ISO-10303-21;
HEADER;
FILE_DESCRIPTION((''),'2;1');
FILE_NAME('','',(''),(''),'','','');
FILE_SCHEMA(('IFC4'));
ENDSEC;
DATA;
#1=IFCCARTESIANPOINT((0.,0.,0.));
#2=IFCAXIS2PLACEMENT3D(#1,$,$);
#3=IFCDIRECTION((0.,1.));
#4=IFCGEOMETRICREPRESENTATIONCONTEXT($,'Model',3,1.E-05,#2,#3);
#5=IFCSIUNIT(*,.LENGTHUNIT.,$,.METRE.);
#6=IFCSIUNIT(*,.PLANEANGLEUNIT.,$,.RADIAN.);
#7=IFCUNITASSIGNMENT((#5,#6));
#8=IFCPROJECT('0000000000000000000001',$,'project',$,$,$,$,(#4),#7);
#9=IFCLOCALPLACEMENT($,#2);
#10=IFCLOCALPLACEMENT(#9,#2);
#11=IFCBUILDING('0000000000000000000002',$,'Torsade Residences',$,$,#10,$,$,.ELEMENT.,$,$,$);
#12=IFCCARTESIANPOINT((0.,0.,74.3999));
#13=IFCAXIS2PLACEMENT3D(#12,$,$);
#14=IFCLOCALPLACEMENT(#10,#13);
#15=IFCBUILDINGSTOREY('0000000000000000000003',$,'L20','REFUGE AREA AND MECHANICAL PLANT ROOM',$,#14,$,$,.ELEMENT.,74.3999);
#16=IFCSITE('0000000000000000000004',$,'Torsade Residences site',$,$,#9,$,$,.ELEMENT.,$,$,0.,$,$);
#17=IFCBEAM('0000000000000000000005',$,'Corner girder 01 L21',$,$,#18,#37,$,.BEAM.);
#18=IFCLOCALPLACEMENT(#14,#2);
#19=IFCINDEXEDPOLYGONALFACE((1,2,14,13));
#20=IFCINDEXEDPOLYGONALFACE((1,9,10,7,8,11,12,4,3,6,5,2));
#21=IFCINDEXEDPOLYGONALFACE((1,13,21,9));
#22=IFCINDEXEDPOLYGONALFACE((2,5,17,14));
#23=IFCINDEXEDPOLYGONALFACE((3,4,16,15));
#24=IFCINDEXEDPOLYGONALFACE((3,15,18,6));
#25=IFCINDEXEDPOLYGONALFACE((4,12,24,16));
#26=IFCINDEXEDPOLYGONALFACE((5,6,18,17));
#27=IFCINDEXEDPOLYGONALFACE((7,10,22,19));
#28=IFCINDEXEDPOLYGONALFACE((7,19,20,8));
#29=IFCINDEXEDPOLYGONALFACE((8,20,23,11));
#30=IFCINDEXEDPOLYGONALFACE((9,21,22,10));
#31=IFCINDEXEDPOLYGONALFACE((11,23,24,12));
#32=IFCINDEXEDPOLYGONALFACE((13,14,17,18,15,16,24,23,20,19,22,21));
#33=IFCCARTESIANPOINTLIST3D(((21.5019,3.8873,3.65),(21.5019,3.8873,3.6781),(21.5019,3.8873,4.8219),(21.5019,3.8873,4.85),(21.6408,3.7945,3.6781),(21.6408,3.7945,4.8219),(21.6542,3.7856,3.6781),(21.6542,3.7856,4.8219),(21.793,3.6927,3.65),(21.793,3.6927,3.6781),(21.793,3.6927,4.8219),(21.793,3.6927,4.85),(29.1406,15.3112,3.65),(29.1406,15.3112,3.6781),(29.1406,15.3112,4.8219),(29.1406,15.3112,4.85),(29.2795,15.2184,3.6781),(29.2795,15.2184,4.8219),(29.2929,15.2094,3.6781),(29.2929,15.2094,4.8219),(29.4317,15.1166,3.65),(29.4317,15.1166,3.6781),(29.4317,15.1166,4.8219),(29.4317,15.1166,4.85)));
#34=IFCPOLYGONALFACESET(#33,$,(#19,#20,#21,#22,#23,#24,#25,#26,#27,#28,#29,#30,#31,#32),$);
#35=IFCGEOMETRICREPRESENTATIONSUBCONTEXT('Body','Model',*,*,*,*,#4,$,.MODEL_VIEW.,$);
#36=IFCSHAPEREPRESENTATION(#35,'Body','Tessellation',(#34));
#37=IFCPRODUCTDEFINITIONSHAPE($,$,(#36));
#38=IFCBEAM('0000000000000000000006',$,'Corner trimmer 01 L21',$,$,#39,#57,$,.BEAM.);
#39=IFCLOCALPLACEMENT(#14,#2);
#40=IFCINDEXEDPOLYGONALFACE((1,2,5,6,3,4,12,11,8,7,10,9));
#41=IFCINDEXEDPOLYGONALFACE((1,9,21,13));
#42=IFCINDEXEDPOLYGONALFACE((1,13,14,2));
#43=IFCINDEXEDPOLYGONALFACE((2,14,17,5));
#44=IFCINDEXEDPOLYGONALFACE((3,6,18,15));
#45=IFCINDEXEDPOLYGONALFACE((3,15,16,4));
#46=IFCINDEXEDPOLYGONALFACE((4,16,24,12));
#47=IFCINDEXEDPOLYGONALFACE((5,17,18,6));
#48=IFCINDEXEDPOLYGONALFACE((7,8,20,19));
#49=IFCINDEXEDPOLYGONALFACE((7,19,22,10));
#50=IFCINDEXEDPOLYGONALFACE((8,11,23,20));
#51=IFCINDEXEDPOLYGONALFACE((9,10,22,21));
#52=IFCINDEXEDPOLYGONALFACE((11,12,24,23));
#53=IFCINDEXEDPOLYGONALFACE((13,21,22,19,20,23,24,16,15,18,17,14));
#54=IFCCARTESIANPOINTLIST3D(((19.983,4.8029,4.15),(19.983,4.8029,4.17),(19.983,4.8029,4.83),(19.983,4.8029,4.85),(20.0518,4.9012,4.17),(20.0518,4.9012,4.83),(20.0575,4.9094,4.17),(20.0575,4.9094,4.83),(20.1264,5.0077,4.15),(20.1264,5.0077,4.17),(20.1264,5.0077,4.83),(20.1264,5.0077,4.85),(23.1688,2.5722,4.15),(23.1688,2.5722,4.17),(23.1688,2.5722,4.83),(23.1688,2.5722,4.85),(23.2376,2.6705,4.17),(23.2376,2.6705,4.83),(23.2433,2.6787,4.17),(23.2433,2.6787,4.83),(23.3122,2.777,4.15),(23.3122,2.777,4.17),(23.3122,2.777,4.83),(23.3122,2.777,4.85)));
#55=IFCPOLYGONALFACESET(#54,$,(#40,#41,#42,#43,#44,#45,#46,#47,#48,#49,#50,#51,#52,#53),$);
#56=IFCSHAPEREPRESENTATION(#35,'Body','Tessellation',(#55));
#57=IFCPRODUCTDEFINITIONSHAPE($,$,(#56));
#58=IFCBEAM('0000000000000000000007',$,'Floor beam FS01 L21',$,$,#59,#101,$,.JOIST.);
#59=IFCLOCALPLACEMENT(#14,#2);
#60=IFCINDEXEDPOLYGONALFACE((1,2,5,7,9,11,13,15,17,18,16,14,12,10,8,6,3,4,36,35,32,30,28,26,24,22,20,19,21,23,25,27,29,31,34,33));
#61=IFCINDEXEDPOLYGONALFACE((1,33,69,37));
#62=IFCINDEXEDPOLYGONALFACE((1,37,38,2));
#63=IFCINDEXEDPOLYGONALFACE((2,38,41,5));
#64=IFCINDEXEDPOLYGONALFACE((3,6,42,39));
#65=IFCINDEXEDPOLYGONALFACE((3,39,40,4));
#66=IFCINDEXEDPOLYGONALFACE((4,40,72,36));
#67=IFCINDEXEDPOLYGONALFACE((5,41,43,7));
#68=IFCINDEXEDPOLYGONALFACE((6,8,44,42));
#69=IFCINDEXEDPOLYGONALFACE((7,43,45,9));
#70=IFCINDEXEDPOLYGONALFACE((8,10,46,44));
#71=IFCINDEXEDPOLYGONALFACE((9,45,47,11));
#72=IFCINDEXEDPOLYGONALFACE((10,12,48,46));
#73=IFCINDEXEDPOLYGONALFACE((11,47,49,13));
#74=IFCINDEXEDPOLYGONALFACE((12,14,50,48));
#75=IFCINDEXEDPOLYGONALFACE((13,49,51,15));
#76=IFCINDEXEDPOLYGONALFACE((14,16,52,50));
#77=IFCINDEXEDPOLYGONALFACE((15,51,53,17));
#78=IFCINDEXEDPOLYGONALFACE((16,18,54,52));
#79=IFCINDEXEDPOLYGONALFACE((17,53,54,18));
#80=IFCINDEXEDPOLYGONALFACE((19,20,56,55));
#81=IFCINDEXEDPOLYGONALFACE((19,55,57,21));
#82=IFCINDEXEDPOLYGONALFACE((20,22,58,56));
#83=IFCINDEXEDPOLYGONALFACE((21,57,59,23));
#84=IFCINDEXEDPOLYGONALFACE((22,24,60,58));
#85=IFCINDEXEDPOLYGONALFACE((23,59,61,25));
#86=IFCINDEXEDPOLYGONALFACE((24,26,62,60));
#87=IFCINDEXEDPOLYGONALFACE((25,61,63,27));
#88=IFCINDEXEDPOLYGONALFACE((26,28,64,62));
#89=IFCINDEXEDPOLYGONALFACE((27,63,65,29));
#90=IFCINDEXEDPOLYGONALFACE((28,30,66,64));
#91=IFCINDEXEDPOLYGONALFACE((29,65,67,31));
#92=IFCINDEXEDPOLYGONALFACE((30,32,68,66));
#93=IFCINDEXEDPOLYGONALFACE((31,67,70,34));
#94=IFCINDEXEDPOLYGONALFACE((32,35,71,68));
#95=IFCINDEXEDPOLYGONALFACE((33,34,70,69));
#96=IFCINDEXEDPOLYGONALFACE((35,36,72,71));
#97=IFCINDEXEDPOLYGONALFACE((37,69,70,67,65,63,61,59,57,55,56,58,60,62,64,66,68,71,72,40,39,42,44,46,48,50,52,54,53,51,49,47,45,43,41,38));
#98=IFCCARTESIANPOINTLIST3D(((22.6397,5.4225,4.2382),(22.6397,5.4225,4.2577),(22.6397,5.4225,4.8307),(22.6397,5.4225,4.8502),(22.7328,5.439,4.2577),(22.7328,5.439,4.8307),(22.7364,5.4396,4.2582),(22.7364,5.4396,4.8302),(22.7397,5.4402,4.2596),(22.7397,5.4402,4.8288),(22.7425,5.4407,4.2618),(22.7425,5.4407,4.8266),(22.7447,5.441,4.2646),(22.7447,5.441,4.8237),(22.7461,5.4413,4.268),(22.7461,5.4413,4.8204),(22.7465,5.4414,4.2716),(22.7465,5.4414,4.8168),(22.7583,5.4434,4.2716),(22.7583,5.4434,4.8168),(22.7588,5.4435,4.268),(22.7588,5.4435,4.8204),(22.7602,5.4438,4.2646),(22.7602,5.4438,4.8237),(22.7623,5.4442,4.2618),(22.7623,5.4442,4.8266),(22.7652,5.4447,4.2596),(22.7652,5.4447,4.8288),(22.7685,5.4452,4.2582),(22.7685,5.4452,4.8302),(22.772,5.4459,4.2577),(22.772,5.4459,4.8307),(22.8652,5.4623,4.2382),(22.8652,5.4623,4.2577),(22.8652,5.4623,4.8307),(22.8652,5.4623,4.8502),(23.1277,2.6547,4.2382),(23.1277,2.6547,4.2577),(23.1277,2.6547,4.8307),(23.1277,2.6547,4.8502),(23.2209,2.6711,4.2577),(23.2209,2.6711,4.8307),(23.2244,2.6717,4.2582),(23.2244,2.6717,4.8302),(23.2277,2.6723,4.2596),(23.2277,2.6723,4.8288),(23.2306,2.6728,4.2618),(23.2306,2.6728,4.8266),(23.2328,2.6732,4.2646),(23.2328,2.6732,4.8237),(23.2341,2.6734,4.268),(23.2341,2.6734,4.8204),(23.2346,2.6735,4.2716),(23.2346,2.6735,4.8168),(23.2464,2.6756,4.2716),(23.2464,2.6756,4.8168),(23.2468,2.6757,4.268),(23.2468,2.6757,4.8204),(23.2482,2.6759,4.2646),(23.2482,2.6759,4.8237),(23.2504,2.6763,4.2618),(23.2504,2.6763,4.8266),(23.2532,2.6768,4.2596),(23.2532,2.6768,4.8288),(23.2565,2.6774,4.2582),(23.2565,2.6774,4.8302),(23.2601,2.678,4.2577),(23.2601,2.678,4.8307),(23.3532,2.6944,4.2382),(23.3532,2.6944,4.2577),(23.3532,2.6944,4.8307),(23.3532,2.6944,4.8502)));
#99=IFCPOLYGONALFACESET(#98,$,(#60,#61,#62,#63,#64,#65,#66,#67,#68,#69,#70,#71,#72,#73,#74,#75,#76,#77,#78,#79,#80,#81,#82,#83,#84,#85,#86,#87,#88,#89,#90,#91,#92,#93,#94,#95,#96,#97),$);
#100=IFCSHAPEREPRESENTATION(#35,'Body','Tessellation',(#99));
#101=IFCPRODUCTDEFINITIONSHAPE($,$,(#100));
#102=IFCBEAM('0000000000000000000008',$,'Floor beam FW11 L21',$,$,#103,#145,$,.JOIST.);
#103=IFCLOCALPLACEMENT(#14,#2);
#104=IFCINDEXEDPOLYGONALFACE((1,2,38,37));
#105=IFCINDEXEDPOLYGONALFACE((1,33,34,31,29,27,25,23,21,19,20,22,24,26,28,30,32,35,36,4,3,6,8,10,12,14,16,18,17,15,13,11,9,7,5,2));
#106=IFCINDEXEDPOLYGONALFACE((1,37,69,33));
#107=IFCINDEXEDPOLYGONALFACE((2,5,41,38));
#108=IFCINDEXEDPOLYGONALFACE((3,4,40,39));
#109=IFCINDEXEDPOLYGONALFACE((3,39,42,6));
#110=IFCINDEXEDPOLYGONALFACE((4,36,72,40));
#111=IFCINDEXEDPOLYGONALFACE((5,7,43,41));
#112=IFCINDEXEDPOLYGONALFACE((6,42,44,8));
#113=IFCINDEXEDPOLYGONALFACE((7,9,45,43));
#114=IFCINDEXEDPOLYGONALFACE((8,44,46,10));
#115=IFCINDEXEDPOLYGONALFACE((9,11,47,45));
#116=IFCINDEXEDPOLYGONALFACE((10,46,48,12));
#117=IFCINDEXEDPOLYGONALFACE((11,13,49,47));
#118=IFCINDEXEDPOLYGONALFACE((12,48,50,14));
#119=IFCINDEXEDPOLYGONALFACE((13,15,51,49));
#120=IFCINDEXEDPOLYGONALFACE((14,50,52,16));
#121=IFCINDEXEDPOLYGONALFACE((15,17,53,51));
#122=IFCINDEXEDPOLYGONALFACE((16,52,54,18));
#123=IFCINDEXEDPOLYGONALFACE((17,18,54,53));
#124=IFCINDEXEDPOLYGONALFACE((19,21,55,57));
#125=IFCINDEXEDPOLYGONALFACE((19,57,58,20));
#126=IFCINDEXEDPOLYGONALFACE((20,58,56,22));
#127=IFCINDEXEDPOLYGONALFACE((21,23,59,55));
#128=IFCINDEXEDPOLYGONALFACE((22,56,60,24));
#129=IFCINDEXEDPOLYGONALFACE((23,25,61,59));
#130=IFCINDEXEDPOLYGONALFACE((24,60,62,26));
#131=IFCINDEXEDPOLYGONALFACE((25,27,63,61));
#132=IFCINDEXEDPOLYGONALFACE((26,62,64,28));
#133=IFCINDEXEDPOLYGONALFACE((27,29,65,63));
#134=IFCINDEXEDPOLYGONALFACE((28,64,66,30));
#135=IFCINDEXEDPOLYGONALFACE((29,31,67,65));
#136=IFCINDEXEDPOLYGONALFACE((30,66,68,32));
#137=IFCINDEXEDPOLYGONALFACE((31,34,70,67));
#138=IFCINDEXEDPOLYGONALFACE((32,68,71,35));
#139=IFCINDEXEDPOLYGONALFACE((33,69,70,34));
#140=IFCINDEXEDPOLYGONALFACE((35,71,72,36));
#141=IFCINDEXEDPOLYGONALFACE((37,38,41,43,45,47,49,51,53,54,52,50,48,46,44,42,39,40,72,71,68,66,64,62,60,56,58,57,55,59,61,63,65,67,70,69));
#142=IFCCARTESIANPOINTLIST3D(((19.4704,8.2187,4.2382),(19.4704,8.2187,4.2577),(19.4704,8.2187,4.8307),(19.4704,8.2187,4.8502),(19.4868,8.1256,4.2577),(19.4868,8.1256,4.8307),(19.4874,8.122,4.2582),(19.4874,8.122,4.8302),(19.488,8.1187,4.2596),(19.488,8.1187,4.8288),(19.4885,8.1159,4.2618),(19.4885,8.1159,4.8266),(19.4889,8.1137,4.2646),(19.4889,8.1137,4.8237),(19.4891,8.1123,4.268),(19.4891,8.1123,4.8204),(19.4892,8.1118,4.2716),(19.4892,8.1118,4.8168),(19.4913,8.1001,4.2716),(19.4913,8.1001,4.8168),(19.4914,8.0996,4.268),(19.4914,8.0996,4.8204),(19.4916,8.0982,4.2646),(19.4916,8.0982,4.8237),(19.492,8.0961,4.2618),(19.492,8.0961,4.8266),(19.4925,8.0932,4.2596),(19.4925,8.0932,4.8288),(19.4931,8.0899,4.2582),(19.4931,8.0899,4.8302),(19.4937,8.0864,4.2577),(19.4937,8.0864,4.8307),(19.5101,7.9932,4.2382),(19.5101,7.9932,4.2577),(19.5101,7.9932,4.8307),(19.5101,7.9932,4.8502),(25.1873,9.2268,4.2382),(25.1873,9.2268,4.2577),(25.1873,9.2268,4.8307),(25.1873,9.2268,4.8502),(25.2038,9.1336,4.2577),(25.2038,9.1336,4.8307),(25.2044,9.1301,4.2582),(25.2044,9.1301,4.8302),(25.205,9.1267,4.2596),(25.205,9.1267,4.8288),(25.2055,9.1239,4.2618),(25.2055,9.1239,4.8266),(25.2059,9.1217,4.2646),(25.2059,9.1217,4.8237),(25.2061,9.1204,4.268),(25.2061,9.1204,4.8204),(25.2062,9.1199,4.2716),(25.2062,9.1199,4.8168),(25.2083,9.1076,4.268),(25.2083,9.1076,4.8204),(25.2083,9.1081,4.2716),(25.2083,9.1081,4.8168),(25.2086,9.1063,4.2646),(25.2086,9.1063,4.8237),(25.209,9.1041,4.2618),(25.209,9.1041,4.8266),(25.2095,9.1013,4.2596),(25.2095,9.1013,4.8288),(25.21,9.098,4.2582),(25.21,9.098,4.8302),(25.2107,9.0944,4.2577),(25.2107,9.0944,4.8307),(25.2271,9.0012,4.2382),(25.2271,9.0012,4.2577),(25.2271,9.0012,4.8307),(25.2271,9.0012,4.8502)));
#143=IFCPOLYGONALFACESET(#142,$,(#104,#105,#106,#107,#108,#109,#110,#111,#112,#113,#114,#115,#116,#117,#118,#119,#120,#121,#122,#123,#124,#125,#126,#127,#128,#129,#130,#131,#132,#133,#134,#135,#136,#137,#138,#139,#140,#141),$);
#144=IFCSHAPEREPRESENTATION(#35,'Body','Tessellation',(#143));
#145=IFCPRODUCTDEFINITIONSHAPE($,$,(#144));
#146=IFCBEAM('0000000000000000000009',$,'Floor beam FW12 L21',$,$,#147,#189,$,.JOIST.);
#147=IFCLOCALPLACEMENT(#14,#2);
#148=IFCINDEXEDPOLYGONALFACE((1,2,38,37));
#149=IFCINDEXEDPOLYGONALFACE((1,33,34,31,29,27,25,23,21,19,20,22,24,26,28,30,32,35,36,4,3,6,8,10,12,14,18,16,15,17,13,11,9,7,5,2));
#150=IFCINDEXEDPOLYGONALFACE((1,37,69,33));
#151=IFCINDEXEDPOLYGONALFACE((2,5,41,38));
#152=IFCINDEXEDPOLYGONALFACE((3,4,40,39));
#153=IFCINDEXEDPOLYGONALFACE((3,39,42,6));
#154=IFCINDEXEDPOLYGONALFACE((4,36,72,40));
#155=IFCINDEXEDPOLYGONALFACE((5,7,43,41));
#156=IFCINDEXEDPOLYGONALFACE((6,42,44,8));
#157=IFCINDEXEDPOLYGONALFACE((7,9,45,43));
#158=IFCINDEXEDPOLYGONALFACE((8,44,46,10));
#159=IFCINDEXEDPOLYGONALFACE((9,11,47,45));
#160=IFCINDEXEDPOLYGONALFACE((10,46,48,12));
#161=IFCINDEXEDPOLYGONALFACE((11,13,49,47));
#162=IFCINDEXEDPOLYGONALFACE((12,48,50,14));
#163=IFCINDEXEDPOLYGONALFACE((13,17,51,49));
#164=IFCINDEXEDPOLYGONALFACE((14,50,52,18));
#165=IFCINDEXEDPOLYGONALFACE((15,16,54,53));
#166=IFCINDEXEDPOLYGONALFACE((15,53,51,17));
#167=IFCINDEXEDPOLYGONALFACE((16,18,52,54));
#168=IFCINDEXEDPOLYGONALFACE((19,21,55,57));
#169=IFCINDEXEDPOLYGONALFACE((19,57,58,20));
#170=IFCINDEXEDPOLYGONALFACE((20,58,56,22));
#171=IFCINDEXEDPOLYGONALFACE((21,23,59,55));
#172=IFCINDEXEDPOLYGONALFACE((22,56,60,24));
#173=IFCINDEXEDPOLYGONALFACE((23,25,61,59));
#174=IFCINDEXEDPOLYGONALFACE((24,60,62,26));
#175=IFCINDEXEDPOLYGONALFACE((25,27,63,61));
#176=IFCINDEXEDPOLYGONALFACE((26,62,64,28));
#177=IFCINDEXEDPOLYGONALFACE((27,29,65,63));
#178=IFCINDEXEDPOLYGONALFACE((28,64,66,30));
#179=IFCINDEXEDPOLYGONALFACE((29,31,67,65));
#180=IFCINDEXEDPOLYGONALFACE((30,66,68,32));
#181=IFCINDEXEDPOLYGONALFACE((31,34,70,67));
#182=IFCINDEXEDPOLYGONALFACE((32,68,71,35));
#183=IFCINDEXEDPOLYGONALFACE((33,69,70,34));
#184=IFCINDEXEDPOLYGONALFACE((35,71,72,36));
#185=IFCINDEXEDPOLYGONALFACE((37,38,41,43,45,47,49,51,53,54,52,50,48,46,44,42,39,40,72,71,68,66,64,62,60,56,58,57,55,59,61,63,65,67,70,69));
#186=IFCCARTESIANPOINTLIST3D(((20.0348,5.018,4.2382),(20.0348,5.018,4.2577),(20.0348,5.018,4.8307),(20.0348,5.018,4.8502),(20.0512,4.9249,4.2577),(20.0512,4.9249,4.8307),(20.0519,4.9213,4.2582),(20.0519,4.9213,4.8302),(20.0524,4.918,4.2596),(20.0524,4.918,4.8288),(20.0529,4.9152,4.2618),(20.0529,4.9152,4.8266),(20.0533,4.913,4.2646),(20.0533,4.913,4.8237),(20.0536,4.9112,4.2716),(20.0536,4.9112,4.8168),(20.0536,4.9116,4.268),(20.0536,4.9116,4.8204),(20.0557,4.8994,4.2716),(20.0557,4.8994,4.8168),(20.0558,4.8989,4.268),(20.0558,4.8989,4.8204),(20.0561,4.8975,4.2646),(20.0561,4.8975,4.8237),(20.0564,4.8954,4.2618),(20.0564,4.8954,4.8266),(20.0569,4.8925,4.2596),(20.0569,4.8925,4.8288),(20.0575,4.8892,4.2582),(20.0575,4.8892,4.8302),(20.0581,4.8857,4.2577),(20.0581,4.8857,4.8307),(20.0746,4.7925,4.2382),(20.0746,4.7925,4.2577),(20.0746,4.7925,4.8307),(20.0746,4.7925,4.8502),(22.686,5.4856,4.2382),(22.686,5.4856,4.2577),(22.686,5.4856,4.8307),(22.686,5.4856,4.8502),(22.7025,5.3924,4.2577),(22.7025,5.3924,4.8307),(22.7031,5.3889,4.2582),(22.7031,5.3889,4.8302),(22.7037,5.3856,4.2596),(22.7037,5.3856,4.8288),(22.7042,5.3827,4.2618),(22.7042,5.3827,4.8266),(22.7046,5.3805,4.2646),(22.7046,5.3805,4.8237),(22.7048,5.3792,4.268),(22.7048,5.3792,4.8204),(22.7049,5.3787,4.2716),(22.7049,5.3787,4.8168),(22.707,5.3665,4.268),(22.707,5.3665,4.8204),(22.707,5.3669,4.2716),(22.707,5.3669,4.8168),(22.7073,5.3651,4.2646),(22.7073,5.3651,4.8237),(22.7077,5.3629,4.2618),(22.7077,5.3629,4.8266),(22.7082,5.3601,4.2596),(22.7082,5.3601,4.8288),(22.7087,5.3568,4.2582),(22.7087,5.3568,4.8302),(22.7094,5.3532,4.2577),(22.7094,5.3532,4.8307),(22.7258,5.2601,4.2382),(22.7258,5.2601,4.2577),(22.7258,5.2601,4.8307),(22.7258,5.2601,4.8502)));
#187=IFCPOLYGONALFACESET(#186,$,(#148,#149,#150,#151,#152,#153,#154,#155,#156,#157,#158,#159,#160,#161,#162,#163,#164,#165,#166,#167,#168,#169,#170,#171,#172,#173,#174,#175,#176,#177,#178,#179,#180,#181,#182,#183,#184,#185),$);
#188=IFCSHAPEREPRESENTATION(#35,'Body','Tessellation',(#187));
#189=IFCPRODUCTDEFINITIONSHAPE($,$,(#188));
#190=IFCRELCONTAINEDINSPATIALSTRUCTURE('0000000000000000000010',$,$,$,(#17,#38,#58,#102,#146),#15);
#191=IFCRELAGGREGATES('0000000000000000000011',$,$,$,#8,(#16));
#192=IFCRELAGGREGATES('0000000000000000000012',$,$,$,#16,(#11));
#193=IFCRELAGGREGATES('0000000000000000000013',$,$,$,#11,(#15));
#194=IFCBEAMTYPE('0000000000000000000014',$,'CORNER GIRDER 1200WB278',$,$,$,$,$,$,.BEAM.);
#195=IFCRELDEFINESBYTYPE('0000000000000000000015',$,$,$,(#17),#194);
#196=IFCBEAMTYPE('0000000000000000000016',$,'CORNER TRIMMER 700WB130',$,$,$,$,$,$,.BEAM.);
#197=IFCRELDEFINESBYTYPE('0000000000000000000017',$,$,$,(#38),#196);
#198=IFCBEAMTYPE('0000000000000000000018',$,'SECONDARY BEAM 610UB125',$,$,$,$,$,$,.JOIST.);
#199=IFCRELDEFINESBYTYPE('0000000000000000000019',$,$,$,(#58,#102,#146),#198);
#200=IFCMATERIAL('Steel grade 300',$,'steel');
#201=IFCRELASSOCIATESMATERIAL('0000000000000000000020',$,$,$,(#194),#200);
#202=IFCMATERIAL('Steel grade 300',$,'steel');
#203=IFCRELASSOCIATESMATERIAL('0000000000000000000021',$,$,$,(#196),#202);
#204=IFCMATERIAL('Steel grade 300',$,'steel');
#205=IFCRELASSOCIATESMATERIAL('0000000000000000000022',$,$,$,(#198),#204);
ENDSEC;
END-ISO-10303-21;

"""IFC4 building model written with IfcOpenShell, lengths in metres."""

from ifc_helpers import new_model, si_unit, direction, frame, origin, origin_2d, place, context, subcontext, project, spatial, i_section, extrude, material, material_profile, profile_set, type_object, element, save


model = new_model("IFC4")

# Units and contexts
model_context = context("Model", 3, precision=1e-05, world=origin(), true_north=direction((0.0, 1.0)))
body_context = subcontext(model_context, "Body", "Model", "MODEL_VIEW")
ifc_project = project(units=[si_unit("LENGTHUNIT", "METRE"), si_unit("PLANEANGLEUNIT", "RADIAN")], contexts=[model_context])

# Site, building, storey
site_placement = place(None, origin())
site = spatial("IfcSite", under=ifc_project, at=site_placement, Name="Torsade Residences site", CompositionType="ELEMENT", RefElevation=0.0)
building_placement = place(site_placement, origin())
building = spatial("IfcBuilding", under=site, at=building_placement, Name="Torsade Residences", CompositionType="ELEMENT")
storey_placement = place(building_placement, frame((0.0, 0.0, 74.3999)))
storey = spatial("IfcBuildingStorey", under=building, at=storey_placement, Name="L20", Description="REFUGE AREA AND MECHANICAL PLANT ROOM", CompositionType="ELEMENT", Elevation=74.3999)

# Beams
ifc_material_1 = material(Name="Steel grade 300", Category="steel")
ifc_material_profile_1 = material_profile(ifc_material_1, i_section(OverallWidth=0.3501, OverallDepth=1.2, WebThickness=0.0161, FlangeThickness=0.0281, at=origin_2d()), Name="1200WB278")
ifc_profile_set_1 = profile_set([ifc_material_profile_1], Name="Steel grade 300")
beam_type_1 = type_object("IfcBeamType", Name="CORNER GIRDER 1200WB278", PredefinedType="BEAM", material=ifc_profile_set_1)
beam_1_placement = place(storey_placement, frame((21.6475, 3.79, 4.25), z_axis=(0.555848, 0.831284, 0.0), x_axis=(-0.831284, 0.555848, 0.0)))
element("IfcBeam", 1, at=beam_1_placement, inside=storey, type_object=beam_type_1, Name="Corner girder 01 L21", PredefinedType="BEAM", context=body_context, shape_type="SweptSolid", body=[
    extrude(i_section(OverallWidth=0.3501, OverallDepth=1.2, WebThickness=0.0161, FlangeThickness=0.0281, at=origin_2d()), origin(), (0.0, 0.0, 1.0), 13.7424),
])
ifc_material_2 = material(Name="Steel grade 300", Category="steel")
ifc_material_profile_2 = material_profile(ifc_material_2, i_section(OverallWidth=0.25, OverallDepth=0.7, WebThickness=0.01, FlangeThickness=0.02, at=origin_2d()), Name="700WB130")
ifc_profile_set_2 = profile_set([ifc_material_profile_2], Name="Steel grade 300")
beam_type_2 = type_object("IfcBeamType", Name="CORNER TRIMMER 700WB130", PredefinedType="BEAM", material=ifc_profile_set_2)
beam_2_placement = place(storey_placement, frame((23.2405, 2.6746, 4.5), z_axis=(-0.819152, 0.573576, 0.0), x_axis=(-0.573576, -0.819152, 0.0)))
element("IfcBeam", 2, at=beam_2_placement, inside=storey, type_object=beam_type_2, Name="Corner trimmer 01 L21", PredefinedType="BEAM", context=body_context, shape_type="SweptSolid", body=[
    extrude(i_section(OverallWidth=0.25, OverallDepth=0.7, WebThickness=0.01, FlangeThickness=0.02, at=origin_2d()), origin(), (0.0, 0.0, 1.0), 3.8892),
])
ifc_material_3 = material(Name="Steel grade 300", Category="steel")
ifc_material_profile_3 = material_profile(ifc_material_3, i_section(OverallWidth=0.229, OverallDepth=0.6121, WebThickness=0.012, FlangeThickness=0.0195, FilletRadius=0.0139, at=origin_2d()), Name="610UB125")
ifc_profile_set_3 = profile_set([ifc_material_profile_3], Name="Steel grade 300")
beam_type_3 = type_object("IfcBeamType", Name="SECONDARY BEAM 610UB125", PredefinedType="JOIST", material=ifc_profile_set_3)
beam_3_placement = place(storey_placement, frame((23.2405, 2.6746, 4.5442), z_axis=(-0.173647, 0.984808, 0.0), x_axis=(-0.984808, -0.173647, 0.0)))
element("IfcBeam", 3, at=beam_3_placement, inside=storey, type_object=beam_type_3, Name="Floor beam FS01 L21", PredefinedType="JOIST", context=body_context, shape_type="SweptSolid", body=[
    extrude(i_section(OverallWidth=0.229, OverallDepth=0.6121, WebThickness=0.012, FlangeThickness=0.0195, FilletRadius=0.0139, at=origin_2d()), origin(), (0.0, 0.0, 1.0), 2.8105),
])
beam_4_placement = place(storey_placement, frame((19.4902, 8.106, 4.5442), z_axis=(0.984808, 0.173646, 0.0), x_axis=(-0.173646, 0.984808, 0.0)))
element("IfcBeam", 4, at=beam_4_placement, inside=storey, type_object=beam_type_3, Name="Floor beam FW11 L21", PredefinedType="JOIST", context=body_context, shape_type="SweptSolid", body=[
    extrude(i_section(OverallWidth=0.229, OverallDepth=0.6121, WebThickness=0.012, FlangeThickness=0.0195, FilletRadius=0.0139, at=origin_2d()), origin(), (0.0, 0.0, 1.0), 5.8052),
])
beam_5_placement = place(storey_placement, frame((20.0547, 4.9053, 4.5442), z_axis=(0.984804, 0.173672, 0.0), x_axis=(-0.173672, 0.984804, 0.0)))
element("IfcBeam", 5, at=beam_5_placement, inside=storey, type_object=beam_type_3, Name="Floor beam FW12 L21", PredefinedType="JOIST", context=body_context, shape_type="SweptSolid", body=[
    extrude(i_section(OverallWidth=0.229, OverallDepth=0.6121, WebThickness=0.012, FlangeThickness=0.0195, FilletRadius=0.0139, at=origin_2d()), origin(), (0.0, 0.0, 1.0), 2.6921),
])

save(model, "model.ifc")
